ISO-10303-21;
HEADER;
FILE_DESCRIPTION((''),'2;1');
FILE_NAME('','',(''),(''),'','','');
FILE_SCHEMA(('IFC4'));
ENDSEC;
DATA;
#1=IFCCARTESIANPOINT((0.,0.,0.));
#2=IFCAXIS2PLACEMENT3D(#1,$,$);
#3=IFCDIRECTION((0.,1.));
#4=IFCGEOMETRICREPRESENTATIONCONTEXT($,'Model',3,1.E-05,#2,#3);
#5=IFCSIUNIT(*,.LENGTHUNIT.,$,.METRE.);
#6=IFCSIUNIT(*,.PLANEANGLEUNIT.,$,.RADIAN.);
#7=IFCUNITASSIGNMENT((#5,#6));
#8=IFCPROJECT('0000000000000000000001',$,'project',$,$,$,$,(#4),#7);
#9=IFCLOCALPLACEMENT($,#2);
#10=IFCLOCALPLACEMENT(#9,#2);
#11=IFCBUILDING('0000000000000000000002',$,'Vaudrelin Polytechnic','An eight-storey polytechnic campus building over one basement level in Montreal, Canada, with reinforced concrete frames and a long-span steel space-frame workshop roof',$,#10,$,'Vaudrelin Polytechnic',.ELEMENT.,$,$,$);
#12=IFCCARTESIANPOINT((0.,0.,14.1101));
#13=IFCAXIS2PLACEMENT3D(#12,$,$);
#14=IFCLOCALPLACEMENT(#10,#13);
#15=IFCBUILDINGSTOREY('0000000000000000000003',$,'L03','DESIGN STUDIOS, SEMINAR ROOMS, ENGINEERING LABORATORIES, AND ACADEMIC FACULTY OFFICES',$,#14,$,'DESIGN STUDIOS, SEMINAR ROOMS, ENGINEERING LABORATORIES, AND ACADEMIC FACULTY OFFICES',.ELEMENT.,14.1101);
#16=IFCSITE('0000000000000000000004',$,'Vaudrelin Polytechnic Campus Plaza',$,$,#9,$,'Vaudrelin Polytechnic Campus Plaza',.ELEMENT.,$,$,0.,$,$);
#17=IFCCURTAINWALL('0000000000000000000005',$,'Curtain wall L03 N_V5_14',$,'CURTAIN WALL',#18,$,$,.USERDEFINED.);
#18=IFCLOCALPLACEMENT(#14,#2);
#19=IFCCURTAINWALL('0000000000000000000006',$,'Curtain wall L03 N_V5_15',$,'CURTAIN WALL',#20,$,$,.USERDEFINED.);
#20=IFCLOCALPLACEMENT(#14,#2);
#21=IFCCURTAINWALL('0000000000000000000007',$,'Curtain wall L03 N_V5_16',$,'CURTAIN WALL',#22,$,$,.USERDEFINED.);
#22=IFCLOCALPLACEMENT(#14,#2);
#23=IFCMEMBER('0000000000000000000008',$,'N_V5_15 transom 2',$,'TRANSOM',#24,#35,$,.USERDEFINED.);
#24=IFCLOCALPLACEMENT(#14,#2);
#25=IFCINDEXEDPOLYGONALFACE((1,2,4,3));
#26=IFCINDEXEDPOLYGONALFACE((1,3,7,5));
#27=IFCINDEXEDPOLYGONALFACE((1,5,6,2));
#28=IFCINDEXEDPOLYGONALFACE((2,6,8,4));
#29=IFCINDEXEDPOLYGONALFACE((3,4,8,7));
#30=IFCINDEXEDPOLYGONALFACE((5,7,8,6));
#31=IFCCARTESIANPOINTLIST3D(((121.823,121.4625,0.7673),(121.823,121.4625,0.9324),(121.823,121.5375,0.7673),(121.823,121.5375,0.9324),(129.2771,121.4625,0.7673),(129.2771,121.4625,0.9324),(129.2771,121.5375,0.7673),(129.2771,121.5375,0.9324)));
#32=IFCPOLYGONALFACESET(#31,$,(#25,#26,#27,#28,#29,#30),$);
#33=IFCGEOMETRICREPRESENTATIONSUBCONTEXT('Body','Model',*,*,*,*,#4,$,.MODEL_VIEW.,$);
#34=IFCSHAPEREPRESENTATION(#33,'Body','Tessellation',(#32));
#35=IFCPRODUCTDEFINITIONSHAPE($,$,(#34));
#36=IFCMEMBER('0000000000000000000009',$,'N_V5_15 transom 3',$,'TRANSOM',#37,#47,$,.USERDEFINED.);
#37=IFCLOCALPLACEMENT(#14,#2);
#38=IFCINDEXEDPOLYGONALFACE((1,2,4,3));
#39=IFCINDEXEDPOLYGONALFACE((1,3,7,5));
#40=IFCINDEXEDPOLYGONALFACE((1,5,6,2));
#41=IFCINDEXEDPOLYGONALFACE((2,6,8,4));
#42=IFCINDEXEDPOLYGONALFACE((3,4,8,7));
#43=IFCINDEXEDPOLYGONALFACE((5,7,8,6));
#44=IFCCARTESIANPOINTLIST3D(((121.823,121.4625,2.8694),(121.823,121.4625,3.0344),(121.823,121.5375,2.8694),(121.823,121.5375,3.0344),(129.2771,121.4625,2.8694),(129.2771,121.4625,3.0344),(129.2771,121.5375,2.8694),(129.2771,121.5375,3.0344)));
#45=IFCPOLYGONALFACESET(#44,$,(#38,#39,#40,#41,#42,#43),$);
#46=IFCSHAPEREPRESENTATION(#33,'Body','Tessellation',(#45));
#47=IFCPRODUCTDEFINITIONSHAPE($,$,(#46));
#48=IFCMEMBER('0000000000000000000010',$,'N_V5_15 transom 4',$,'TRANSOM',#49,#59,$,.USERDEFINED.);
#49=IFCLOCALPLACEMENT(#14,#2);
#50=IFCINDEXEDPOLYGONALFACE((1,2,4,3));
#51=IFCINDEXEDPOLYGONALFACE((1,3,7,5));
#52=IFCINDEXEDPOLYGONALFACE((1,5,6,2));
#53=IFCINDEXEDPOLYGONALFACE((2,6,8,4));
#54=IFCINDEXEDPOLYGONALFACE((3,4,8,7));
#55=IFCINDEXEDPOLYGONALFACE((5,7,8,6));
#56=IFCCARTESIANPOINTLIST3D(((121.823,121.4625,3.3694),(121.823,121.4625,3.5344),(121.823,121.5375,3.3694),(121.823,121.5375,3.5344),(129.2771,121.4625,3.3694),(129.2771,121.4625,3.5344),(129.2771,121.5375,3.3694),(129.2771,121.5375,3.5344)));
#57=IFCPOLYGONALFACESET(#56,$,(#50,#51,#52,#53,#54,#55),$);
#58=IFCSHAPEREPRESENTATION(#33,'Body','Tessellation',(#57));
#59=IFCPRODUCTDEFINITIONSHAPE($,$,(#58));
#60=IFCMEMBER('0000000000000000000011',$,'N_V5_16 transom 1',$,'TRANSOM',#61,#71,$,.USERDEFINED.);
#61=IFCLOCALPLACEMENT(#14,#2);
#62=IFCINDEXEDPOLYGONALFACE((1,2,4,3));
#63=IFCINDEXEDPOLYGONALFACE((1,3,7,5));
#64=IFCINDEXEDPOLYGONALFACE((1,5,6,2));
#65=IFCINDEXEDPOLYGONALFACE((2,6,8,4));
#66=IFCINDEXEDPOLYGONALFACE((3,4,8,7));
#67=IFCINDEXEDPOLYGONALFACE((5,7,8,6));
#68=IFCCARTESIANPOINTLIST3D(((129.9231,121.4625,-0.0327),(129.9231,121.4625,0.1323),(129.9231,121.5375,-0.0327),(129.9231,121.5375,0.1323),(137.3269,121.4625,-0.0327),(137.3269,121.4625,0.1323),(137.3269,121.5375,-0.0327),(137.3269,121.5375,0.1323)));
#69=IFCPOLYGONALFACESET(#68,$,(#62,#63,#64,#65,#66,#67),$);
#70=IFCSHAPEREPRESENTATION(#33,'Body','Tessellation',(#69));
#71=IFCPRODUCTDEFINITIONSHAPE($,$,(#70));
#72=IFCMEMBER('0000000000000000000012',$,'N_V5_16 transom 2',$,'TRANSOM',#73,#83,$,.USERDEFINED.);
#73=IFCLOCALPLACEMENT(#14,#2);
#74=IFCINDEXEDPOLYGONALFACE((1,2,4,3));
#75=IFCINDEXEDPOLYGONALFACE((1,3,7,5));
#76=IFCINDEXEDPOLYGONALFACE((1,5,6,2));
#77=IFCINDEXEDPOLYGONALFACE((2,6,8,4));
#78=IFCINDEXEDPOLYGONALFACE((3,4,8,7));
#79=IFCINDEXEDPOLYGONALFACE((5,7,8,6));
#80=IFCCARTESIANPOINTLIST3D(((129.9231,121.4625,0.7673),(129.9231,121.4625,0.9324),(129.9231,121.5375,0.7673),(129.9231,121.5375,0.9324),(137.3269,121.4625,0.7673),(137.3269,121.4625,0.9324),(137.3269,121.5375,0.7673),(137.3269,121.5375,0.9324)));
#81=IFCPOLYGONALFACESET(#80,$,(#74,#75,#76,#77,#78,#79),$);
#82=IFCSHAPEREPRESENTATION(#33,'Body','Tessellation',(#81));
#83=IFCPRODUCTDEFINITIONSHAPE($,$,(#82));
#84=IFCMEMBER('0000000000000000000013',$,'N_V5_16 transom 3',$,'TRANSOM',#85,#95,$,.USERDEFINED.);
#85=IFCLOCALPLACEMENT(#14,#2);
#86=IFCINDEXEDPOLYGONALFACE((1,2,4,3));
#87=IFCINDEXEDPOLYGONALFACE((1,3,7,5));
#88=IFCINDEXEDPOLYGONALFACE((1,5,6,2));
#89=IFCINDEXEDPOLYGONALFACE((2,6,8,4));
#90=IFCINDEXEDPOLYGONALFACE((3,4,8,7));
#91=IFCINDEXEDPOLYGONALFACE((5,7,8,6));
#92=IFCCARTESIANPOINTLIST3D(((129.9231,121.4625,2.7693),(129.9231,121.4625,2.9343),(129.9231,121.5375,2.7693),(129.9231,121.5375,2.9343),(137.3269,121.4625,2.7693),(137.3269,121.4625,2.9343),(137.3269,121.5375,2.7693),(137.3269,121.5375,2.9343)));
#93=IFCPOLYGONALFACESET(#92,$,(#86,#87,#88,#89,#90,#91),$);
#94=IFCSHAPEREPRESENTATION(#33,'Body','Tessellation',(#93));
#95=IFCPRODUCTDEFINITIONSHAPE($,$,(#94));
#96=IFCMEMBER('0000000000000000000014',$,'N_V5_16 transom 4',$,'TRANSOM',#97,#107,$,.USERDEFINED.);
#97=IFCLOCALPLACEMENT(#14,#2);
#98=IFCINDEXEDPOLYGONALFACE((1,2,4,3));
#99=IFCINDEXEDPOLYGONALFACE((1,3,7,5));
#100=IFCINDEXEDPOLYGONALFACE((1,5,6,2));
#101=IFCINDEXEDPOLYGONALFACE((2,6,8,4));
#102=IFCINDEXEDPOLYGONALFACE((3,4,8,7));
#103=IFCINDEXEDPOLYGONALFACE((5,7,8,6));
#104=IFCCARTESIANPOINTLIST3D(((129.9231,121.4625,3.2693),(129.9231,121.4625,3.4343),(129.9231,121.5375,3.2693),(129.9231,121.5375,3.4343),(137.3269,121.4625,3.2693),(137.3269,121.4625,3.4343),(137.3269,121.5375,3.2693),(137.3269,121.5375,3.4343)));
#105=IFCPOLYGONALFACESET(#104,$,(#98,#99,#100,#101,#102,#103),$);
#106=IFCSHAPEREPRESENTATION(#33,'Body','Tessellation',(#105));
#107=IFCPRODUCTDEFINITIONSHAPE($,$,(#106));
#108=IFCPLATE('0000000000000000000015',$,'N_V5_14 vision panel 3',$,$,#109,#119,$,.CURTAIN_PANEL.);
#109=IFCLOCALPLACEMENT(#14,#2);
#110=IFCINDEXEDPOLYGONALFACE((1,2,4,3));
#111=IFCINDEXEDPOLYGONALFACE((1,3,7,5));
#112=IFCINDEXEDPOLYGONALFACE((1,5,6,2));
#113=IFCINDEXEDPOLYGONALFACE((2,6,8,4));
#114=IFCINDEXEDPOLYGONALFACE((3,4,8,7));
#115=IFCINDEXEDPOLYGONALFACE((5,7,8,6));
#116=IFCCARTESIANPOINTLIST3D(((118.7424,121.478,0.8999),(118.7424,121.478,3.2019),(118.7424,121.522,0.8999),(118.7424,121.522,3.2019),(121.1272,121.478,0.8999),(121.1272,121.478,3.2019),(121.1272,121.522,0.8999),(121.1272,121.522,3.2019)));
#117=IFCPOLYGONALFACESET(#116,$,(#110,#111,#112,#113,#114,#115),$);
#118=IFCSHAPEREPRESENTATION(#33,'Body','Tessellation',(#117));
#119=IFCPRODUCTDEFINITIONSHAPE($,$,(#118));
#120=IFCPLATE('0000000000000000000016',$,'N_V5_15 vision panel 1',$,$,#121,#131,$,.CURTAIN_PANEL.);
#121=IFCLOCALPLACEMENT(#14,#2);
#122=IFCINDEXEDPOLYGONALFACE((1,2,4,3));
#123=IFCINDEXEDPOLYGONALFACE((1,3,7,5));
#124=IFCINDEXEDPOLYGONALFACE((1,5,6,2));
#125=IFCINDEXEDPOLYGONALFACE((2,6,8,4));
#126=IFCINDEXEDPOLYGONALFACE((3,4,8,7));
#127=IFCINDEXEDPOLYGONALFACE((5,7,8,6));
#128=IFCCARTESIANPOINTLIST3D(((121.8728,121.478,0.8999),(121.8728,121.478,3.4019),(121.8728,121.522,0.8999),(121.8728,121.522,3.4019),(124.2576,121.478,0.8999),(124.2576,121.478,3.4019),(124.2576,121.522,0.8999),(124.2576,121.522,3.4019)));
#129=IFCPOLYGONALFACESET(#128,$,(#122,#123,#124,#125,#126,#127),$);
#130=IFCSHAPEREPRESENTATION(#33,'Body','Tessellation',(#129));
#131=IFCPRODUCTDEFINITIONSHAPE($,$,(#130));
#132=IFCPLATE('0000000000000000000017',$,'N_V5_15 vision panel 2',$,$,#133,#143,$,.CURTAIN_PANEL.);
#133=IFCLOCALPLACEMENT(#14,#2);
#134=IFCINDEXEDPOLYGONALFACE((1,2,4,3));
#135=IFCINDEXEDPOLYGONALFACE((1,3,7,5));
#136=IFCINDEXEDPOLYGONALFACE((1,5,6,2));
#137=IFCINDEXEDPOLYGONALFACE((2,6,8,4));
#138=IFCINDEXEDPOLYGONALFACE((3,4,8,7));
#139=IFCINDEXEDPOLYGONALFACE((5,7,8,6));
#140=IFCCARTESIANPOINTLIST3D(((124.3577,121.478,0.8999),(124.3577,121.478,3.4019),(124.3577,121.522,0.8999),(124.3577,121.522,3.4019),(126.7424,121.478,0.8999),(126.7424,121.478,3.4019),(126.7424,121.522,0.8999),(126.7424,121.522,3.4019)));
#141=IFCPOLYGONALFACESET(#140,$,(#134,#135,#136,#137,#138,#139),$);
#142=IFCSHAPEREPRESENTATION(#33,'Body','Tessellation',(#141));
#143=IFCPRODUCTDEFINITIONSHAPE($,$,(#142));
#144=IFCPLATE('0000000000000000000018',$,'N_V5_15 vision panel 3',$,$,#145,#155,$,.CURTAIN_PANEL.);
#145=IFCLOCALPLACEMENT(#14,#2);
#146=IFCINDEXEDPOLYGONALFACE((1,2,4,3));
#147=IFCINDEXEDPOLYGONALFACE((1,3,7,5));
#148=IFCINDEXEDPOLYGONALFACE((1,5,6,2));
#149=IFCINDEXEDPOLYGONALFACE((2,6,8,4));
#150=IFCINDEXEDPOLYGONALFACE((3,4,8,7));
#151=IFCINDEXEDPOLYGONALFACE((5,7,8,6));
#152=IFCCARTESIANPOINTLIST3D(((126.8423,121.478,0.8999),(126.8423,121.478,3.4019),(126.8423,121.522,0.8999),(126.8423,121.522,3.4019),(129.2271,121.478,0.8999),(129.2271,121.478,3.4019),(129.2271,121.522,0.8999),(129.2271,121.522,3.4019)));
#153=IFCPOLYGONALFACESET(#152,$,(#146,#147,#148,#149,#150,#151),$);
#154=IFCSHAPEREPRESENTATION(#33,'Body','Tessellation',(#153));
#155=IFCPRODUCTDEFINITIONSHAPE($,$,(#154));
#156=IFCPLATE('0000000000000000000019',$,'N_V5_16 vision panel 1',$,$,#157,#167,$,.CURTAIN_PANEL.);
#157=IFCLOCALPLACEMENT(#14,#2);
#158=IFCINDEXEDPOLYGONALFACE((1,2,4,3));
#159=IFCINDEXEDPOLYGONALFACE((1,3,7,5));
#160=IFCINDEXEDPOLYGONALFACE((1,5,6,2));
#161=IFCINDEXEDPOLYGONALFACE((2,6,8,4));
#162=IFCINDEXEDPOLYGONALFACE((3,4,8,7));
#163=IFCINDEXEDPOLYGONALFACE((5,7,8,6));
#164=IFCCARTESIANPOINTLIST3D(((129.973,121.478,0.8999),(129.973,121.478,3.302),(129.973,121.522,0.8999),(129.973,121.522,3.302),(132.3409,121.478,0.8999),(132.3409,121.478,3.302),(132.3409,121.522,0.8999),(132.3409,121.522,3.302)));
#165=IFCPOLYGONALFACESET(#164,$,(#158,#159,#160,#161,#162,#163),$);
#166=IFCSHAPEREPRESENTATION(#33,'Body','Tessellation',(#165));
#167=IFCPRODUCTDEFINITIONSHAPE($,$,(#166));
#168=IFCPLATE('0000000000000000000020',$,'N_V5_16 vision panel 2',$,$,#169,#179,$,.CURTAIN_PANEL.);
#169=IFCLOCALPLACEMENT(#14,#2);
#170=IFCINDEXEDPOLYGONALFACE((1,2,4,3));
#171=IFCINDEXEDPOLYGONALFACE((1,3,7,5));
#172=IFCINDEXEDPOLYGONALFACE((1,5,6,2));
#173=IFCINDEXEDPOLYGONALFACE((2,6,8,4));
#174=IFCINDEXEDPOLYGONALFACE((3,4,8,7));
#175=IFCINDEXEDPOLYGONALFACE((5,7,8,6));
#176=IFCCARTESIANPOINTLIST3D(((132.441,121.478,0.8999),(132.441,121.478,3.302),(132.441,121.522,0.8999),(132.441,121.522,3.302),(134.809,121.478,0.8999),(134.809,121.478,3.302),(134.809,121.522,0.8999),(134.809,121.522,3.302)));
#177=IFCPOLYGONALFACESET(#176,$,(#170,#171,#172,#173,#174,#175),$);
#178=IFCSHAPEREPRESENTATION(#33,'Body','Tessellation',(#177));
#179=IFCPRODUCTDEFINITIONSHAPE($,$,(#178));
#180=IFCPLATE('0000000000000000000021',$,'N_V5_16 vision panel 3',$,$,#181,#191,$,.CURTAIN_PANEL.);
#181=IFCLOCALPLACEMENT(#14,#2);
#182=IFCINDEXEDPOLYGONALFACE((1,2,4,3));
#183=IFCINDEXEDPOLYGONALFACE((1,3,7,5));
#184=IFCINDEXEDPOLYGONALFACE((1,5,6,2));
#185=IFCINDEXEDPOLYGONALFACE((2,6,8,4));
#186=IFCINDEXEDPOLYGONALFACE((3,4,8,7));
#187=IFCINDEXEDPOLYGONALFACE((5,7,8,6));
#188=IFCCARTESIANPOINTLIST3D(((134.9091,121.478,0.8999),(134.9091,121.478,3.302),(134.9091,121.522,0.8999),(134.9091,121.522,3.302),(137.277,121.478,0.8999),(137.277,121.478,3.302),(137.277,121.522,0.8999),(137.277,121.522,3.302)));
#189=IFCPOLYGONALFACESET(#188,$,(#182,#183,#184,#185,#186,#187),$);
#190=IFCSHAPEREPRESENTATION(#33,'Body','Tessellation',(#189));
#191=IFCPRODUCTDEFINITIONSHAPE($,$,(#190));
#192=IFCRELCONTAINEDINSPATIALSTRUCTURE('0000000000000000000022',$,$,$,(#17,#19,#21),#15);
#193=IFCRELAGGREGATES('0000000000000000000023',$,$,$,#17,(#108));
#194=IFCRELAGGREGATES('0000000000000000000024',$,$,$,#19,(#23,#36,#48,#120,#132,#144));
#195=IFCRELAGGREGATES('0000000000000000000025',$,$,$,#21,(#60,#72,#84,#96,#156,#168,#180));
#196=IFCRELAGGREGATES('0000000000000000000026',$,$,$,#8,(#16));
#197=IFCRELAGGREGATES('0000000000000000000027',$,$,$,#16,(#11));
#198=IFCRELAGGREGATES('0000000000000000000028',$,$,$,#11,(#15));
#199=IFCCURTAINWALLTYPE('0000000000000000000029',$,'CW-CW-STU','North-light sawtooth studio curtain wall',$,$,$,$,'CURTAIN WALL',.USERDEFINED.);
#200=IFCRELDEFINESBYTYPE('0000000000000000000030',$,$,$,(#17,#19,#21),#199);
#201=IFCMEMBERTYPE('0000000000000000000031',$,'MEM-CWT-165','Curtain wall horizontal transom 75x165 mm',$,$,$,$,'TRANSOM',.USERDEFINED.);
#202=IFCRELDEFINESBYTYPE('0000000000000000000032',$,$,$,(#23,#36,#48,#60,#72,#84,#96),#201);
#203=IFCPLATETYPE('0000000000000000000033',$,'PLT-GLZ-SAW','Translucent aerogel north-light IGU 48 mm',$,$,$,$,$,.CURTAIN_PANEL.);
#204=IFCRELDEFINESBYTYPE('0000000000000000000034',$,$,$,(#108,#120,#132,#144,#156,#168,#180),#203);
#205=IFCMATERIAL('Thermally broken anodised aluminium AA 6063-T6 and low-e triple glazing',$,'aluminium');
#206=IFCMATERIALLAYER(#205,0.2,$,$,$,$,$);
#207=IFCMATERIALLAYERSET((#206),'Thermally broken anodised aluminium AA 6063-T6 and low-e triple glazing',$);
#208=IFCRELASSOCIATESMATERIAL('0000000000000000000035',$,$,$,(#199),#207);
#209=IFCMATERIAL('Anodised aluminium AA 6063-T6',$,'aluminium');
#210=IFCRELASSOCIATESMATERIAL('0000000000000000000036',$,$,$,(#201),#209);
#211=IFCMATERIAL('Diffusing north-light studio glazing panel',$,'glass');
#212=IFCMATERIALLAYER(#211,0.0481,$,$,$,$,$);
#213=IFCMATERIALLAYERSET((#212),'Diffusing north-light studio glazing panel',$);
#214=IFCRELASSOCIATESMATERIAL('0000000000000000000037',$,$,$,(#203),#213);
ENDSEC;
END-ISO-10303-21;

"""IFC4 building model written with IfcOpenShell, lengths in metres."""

from ifc_helpers import new_model, si_unit, direction, frame, origin, origin_2d, place, context, subcontext, project, spatial, rectangle, extrude, material, layer, layer_set, material_profile, profile_set, type_object, element, aggregate, save


model = new_model("IFC4")

# Units and contexts
model_context = context("Model", 3, precision=1e-05, world=origin(), true_north=direction((0.0, 1.0)))
body_context = subcontext(model_context, "Body", "Model", "MODEL_VIEW")
ifc_project = project(units=[si_unit("LENGTHUNIT", "METRE"), si_unit("PLANEANGLEUNIT", "RADIAN")], contexts=[model_context])

# Site, building, storey
site_placement = place(None, origin())
site = spatial("IfcSite", under=ifc_project, at=site_placement, Name="Vaudrelin Polytechnic Campus Plaza", LongName="Vaudrelin Polytechnic Campus Plaza", CompositionType="ELEMENT", RefElevation=0.0)
building_placement = place(site_placement, origin())
building = spatial("IfcBuilding", under=site, at=building_placement, Name="Vaudrelin Polytechnic", Description="An eight-storey polytechnic campus building over one basement level in Montreal, Canada, with reinforced concrete frames and a long-span steel space-frame workshop roof", LongName="Vaudrelin Polytechnic", CompositionType="ELEMENT")
storey_placement = place(building_placement, frame((0.0, 0.0, 14.1101)))
storey = spatial("IfcBuildingStorey", under=building, at=storey_placement, Name="L03", Description="DESIGN STUDIOS, SEMINAR ROOMS, ENGINEERING LABORATORIES, AND ACADEMIC FACULTY OFFICES", LongName="DESIGN STUDIOS, SEMINAR ROOMS, ENGINEERING LABORATORIES, AND ACADEMIC FACULTY OFFICES", CompositionType="ELEMENT", Elevation=14.1101)

# Curtain wall
ifc_material_1 = material(Name="Thermally broken anodised aluminium AA 6063-T6 and low-e triple glazing", Category="aluminium")
ifc_layer_1 = layer(ifc_material_1, 0.2)
ifc_layer_set_1 = layer_set([ifc_layer_1], Name="Thermally broken anodised aluminium AA 6063-T6 and low-e triple glazing")
curtain_wall_type = type_object("IfcCurtainWallType", Name="CW-CW-STU", Description="North-light sawtooth studio curtain wall", ElementType="CURTAIN WALL", PredefinedType="USERDEFINED", material=ifc_layer_set_1)
curtain_wall_1_placement = place(storey_placement, origin())
curtain_wall_1 = element("IfcCurtainWall", 1, at=curtain_wall_1_placement, inside=storey, type_object=curtain_wall_type, Name="Curtain wall L03 N_V5_14", ObjectType="CURTAIN WALL", PredefinedType="USERDEFINED")
ifc_material_2 = material(Name="Anodised aluminium AA 6063-T6", Category="aluminium")

# Curtain walls
curtain_wall_2_placement = place(storey_placement, origin())
curtain_wall_2 = element("IfcCurtainWall", 2, at=curtain_wall_2_placement, inside=storey, type_object=curtain_wall_type, Name="Curtain wall L03 N_V5_15", ObjectType="CURTAIN WALL", PredefinedType="USERDEFINED")
curtain_wall_3_placement = place(storey_placement, origin())
curtain_wall_3 = element("IfcCurtainWall", 3, at=curtain_wall_3_placement, inside=storey, type_object=curtain_wall_type, Name="Curtain wall L03 N_V5_16", ObjectType="CURTAIN WALL", PredefinedType="USERDEFINED")

# Members
ifc_material_profile_1 = material_profile(ifc_material_2, rectangle(XDim=0.075, YDim=0.165, at=origin_2d()), Name="CWT-75x165")
ifc_profile_set_1 = profile_set([ifc_material_profile_1], Name="Anodised aluminium AA 6063-T6")
member_type_1 = type_object("IfcMemberType", Name="MEM-CWT-165", Description="Curtain wall horizontal transom 75x165 mm", ElementType="TRANSOM", PredefinedType="USERDEFINED", material=ifc_profile_set_1)
member_1_placement = place(storey_placement, frame((121.823, 121.5, 0.8499), z_axis=(1.0, 0.0, 0.0), x_axis=(0.0, 1.0, 0.0)))
member_1 = element("IfcMember", 4, at=member_1_placement, type_object=member_type_1, Name="N_V5_15 transom 2", ObjectType="TRANSOM", PredefinedType="USERDEFINED", context=body_context, shape_type="SweptSolid", body=[
    extrude(rectangle(XDim=0.075, YDim=0.165, at=origin_2d()), origin(), (0.0, 0.0, 1.0), 7.4541),
])
member_2_placement = place(storey_placement, frame((121.823, 121.5, 2.9519), z_axis=(1.0, 0.0, 0.0), x_axis=(0.0, 1.0, 0.0)))
member_2 = element("IfcMember", 5, at=member_2_placement, type_object=member_type_1, Name="N_V5_15 transom 3", ObjectType="TRANSOM", PredefinedType="USERDEFINED", context=body_context, shape_type="SweptSolid", body=[
    extrude(rectangle(XDim=0.075, YDim=0.165, at=origin_2d()), origin(), (0.0, 0.0, 1.0), 7.4541),
])
member_3_placement = place(storey_placement, frame((121.823, 121.5, 3.4519), z_axis=(1.0, 0.0, 0.0), x_axis=(0.0, 1.0, 0.0)))
member_3 = element("IfcMember", 6, at=member_3_placement, type_object=member_type_1, Name="N_V5_15 transom 4", ObjectType="TRANSOM", PredefinedType="USERDEFINED", context=body_context, shape_type="SweptSolid", body=[
    extrude(rectangle(XDim=0.075, YDim=0.165, at=origin_2d()), origin(), (0.0, 0.0, 1.0), 7.4541),
])
member_4_placement = place(storey_placement, frame((129.9231, 121.5, 0.0498), z_axis=(1.0, 0.0, 0.0), x_axis=(0.0, 1.0, 0.0)))
member_4 = element("IfcMember", 7, at=member_4_placement, type_object=member_type_1, Name="N_V5_16 transom 1", ObjectType="TRANSOM", PredefinedType="USERDEFINED", context=body_context, shape_type="SweptSolid", body=[
    extrude(rectangle(XDim=0.075, YDim=0.165, at=origin_2d()), origin(), (0.0, 0.0, 1.0), 7.4038),
])
member_5_placement = place(storey_placement, frame((129.9231, 121.5, 0.8499), z_axis=(1.0, 0.0, 0.0), x_axis=(0.0, 1.0, 0.0)))
member_5 = element("IfcMember", 8, at=member_5_placement, type_object=member_type_1, Name="N_V5_16 transom 2", ObjectType="TRANSOM", PredefinedType="USERDEFINED", context=body_context, shape_type="SweptSolid", body=[
    extrude(rectangle(XDim=0.075, YDim=0.165, at=origin_2d()), origin(), (0.0, 0.0, 1.0), 7.4038),
])
member_6_placement = place(storey_placement, frame((129.9231, 121.5, 2.8518), z_axis=(1.0, 0.0, 0.0), x_axis=(0.0, 1.0, 0.0)))
member_6 = element("IfcMember", 9, at=member_6_placement, type_object=member_type_1, Name="N_V5_16 transom 3", ObjectType="TRANSOM", PredefinedType="USERDEFINED", context=body_context, shape_type="SweptSolid", body=[
    extrude(rectangle(XDim=0.075, YDim=0.165, at=origin_2d()), origin(), (0.0, 0.0, 1.0), 7.4038),
])
member_7_placement = place(storey_placement, frame((129.9231, 121.5, 3.3518), z_axis=(1.0, 0.0, 0.0), x_axis=(0.0, 1.0, 0.0)))
member_7 = element("IfcMember", 10, at=member_7_placement, type_object=member_type_1, Name="N_V5_16 transom 4", ObjectType="TRANSOM", PredefinedType="USERDEFINED", context=body_context, shape_type="SweptSolid", body=[
    extrude(rectangle(XDim=0.075, YDim=0.165, at=origin_2d()), origin(), (0.0, 0.0, 1.0), 7.4038),
])

# Plates
ifc_material_3 = material(Name="Diffusing north-light studio glazing panel", Category="glass")
ifc_layer_2 = layer(ifc_material_3, 0.0481)
ifc_layer_set_2 = layer_set([ifc_layer_2], Name="Diffusing north-light studio glazing panel")
plate_type_1 = type_object("IfcPlateType", Name="PLT-GLZ-SAW", Description="Translucent aerogel north-light IGU 48 mm", PredefinedType="CURTAIN_PANEL", material=ifc_layer_set_2)
plate_1_placement = place(storey_placement, frame((119.9348, 121.5, 0.8999), z_axis=(0.0, 0.0, 1.0), x_axis=(1.0, 0.0, 0.0)))
plate_1 = element("IfcPlate", 11, at=plate_1_placement, type_object=plate_type_1, Name="N_V5_14 vision panel 3", PredefinedType="CURTAIN_PANEL", context=body_context, shape_type="SweptSolid", body=[
    extrude(rectangle(XDim=2.3848, YDim=0.0439, at=origin_2d()), origin(), (0.0, 0.0, 1.0), 2.302),
])
aggregate(curtain_wall_1, [plate_1])
plate_2_placement = place(storey_placement, frame((123.0652, 121.5, 0.8999), z_axis=(0.0, 0.0, 1.0), x_axis=(1.0, 0.0, 0.0)))
plate_2 = element("IfcPlate", 12, at=plate_2_placement, type_object=plate_type_1, Name="N_V5_15 vision panel 1", PredefinedType="CURTAIN_PANEL", context=body_context, shape_type="SweptSolid", body=[
    extrude(rectangle(XDim=2.3848, YDim=0.0439, at=origin_2d()), origin(), (0.0, 0.0, 1.0), 2.502),
])
plate_3_placement = place(storey_placement, frame((125.55, 121.5, 0.8999), z_axis=(0.0, 0.0, 1.0), x_axis=(1.0, 0.0, 0.0)))
plate_3 = element("IfcPlate", 13, at=plate_3_placement, type_object=plate_type_1, Name="N_V5_15 vision panel 2", PredefinedType="CURTAIN_PANEL", context=body_context, shape_type="SweptSolid", body=[
    extrude(rectangle(XDim=2.3848, YDim=0.0439, at=origin_2d()), origin(), (0.0, 0.0, 1.0), 2.502),
])
plate_4_placement = place(storey_placement, frame((128.0347, 121.5, 0.8999), z_axis=(0.0, 0.0, 1.0), x_axis=(1.0, 0.0, 0.0)))
plate_4 = element("IfcPlate", 14, at=plate_4_placement, type_object=plate_type_1, Name="N_V5_15 vision panel 3", PredefinedType="CURTAIN_PANEL", context=body_context, shape_type="SweptSolid", body=[
    extrude(rectangle(XDim=2.3848, YDim=0.0439, at=origin_2d()), origin(), (0.0, 0.0, 1.0), 2.502),
])
plate_5_placement = place(storey_placement, frame((131.157, 121.5, 0.8999), z_axis=(0.0, 0.0, 1.0), x_axis=(1.0, 0.0, 0.0)))
plate_5 = element("IfcPlate", 15, at=plate_5_placement, type_object=plate_type_1, Name="N_V5_16 vision panel 1", PredefinedType="CURTAIN_PANEL", context=body_context, shape_type="SweptSolid", body=[
    extrude(rectangle(XDim=2.3679, YDim=0.0439, at=origin_2d()), origin(), (0.0, 0.0, 1.0), 2.4021),
])
plate_6_placement = place(storey_placement, frame((133.625, 121.5, 0.8999), z_axis=(0.0, 0.0, 1.0), x_axis=(1.0, 0.0, 0.0)))
plate_6 = element("IfcPlate", 16, at=plate_6_placement, type_object=plate_type_1, Name="N_V5_16 vision panel 2", PredefinedType="CURTAIN_PANEL", context=body_context, shape_type="SweptSolid", body=[
    extrude(rectangle(XDim=2.3679, YDim=0.0439, at=origin_2d()), origin(), (0.0, 0.0, 1.0), 2.4021),
])
plate_7_placement = place(storey_placement, frame((136.093, 121.5, 0.8999), z_axis=(0.0, 0.0, 1.0), x_axis=(1.0, 0.0, 0.0)))
plate_7 = element("IfcPlate", 17, at=plate_7_placement, type_object=plate_type_1, Name="N_V5_16 vision panel 3", PredefinedType="CURTAIN_PANEL", context=body_context, shape_type="SweptSolid", body=[
    extrude(rectangle(XDim=2.3679, YDim=0.0439, at=origin_2d()), origin(), (0.0, 0.0, 1.0), 2.4021),
])
aggregate(curtain_wall_2, [member_1, member_2, member_3, plate_2, plate_3, plate_4])
aggregate(curtain_wall_3, [member_4, member_5, member_6, member_7, plate_5, plate_6, plate_7])

save(model, "model.ifc")
